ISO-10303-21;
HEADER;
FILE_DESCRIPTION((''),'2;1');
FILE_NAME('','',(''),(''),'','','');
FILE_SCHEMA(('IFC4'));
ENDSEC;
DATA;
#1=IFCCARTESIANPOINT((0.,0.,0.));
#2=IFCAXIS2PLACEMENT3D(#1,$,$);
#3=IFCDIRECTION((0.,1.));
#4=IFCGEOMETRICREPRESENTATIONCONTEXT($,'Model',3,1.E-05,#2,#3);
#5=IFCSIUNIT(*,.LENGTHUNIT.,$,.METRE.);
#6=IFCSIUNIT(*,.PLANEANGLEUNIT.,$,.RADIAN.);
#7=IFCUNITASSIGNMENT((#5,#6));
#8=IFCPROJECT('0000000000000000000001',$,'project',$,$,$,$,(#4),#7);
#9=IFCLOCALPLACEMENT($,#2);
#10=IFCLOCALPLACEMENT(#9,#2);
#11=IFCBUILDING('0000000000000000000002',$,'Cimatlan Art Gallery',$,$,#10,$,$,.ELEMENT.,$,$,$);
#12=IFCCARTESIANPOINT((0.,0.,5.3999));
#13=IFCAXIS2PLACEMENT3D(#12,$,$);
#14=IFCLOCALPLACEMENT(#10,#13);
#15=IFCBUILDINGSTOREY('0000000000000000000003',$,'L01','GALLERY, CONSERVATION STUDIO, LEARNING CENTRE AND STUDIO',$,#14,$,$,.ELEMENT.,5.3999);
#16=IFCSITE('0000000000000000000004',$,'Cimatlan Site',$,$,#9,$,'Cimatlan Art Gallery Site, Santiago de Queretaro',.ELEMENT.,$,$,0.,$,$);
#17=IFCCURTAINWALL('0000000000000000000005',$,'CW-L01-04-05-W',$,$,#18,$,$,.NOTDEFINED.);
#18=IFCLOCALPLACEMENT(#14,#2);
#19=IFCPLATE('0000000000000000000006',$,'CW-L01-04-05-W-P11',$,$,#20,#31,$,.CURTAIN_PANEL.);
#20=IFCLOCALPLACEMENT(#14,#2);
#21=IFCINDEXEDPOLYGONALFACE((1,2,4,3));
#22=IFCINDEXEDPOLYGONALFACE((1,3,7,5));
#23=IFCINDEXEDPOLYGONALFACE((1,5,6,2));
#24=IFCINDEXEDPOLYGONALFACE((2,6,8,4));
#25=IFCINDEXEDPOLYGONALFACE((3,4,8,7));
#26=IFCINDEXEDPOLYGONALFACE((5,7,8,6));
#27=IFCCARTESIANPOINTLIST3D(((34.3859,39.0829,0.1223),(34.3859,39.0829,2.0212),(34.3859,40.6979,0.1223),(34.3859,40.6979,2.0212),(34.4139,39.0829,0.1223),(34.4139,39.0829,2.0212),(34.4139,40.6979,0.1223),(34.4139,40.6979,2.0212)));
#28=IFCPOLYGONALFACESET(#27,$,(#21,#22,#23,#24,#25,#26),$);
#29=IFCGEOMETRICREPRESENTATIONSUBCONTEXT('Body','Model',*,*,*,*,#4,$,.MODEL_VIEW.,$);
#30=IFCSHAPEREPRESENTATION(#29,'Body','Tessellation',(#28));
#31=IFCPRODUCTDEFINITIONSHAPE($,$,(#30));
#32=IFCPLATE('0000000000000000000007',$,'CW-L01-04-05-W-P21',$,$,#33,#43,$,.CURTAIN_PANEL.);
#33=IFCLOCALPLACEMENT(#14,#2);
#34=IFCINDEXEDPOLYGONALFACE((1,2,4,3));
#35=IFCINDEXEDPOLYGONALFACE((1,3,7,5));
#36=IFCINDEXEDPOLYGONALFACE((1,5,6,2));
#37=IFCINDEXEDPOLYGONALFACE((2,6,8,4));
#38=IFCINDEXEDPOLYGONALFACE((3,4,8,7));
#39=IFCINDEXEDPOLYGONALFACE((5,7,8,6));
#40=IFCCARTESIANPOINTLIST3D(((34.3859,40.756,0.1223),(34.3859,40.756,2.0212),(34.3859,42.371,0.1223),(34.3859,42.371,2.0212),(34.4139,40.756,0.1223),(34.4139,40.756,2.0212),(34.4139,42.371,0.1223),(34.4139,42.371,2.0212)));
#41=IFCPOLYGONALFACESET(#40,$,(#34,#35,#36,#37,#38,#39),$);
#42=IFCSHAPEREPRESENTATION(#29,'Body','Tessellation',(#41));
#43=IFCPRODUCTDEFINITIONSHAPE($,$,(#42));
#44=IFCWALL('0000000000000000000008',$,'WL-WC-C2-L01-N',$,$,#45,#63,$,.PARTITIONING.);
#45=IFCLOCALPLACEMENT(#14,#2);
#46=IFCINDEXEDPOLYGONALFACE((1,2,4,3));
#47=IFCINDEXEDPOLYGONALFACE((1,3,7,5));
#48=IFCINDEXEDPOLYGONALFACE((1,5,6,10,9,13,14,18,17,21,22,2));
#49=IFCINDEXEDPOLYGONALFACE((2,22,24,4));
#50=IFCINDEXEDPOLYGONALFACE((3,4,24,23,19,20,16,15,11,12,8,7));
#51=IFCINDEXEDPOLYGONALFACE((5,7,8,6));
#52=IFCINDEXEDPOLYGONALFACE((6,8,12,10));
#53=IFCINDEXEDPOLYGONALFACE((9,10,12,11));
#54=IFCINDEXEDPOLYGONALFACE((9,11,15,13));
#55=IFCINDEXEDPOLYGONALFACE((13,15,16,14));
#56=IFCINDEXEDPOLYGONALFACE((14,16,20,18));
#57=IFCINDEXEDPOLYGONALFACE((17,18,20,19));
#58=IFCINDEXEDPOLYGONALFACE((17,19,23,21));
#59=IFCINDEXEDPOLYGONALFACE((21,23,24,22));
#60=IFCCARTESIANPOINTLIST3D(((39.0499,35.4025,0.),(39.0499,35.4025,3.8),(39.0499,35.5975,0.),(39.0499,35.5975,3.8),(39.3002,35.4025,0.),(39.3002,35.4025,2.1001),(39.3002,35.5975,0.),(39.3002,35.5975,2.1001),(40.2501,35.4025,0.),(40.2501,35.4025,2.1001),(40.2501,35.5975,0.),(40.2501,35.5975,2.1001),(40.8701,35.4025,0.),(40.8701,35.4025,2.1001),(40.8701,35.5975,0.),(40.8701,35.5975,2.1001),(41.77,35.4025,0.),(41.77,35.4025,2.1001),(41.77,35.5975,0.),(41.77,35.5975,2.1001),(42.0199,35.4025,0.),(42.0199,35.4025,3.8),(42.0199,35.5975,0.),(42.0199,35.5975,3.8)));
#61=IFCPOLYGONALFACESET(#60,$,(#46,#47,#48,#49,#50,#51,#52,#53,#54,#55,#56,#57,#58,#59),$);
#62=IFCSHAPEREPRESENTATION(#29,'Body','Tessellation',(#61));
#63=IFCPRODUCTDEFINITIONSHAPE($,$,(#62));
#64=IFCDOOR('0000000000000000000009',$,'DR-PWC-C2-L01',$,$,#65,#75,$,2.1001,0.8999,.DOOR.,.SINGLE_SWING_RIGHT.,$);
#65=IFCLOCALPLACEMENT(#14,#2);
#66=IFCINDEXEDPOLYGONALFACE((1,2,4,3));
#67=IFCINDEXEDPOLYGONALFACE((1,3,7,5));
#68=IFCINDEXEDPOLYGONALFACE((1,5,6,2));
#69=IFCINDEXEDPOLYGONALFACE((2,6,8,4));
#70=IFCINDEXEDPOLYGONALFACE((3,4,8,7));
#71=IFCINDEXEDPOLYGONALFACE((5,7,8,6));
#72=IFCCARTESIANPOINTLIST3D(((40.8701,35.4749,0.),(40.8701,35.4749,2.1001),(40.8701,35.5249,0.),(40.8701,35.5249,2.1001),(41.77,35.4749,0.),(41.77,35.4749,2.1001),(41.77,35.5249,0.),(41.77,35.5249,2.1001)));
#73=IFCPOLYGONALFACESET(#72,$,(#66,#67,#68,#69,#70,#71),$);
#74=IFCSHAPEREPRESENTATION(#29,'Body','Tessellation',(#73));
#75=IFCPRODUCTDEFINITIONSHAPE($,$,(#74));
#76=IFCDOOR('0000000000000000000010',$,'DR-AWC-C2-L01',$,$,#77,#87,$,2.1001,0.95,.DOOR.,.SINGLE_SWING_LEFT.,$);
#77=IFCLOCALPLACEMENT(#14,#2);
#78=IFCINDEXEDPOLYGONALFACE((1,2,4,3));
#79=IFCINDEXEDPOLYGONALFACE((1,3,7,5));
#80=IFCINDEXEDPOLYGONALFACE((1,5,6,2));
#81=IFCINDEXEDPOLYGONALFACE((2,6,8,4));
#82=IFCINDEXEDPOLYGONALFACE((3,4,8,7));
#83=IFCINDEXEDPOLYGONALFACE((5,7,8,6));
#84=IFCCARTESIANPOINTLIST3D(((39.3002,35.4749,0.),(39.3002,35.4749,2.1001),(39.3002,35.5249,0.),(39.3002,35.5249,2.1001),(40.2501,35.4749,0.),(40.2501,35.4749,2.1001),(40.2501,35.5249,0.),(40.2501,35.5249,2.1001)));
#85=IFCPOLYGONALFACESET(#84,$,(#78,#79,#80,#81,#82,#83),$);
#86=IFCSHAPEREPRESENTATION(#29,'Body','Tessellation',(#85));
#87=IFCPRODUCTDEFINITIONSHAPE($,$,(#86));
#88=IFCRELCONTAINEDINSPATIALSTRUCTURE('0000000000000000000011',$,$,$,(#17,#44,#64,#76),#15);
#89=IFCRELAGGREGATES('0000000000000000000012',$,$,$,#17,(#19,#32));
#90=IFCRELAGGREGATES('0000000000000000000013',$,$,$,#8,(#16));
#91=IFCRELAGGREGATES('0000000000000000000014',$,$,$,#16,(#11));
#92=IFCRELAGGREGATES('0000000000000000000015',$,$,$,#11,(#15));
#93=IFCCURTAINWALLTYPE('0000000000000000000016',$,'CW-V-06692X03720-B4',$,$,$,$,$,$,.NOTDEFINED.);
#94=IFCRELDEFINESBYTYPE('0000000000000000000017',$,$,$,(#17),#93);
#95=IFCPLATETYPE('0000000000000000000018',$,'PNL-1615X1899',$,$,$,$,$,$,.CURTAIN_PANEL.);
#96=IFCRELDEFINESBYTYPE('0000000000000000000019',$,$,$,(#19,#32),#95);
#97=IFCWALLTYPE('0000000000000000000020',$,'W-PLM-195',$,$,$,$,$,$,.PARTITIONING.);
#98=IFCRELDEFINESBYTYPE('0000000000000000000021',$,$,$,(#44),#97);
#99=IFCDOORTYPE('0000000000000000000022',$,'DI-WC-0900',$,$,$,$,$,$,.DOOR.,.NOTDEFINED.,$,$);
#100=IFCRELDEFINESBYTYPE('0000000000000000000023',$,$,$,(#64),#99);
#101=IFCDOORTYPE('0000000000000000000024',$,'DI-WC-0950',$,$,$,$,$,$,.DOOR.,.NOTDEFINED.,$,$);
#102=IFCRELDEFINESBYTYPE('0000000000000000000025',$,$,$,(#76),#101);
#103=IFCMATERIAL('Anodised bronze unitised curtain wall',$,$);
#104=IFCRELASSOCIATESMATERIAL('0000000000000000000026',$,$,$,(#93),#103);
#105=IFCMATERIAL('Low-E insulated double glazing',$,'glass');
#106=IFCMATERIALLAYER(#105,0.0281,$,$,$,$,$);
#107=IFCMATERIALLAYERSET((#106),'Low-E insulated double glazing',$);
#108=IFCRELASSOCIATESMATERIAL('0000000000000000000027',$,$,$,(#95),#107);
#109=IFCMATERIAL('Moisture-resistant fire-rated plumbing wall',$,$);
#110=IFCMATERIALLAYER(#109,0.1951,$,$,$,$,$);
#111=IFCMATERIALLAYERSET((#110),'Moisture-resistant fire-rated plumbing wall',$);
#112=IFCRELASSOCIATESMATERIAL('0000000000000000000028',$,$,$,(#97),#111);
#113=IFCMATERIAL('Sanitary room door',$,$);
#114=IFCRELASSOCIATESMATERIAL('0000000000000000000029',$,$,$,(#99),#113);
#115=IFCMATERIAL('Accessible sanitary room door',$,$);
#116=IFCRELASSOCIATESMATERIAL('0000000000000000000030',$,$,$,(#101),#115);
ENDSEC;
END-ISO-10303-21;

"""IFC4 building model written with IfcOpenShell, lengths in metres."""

from ifc_helpers import new_model, si_unit, direction, frame, frame_2d, origin, origin_2d, place, context, subcontext, project, spatial, rectangle, extrude, material, layer, layer_set, type_object, element, fill, aggregate, save


model = new_model("IFC4")

# Units and contexts
model_context = context("Model", 3, precision=1e-05, world=origin(), true_north=direction((0.0, 1.0)))
body_context = subcontext(model_context, "Body", "Model", "MODEL_VIEW")
ifc_project = project(units=[si_unit("LENGTHUNIT", "METRE"), si_unit("PLANEANGLEUNIT", "RADIAN")], contexts=[model_context])

# Site, building, storey
site_placement = place(None, origin())
site = spatial("IfcSite", under=ifc_project, at=site_placement, Name="Cimatlan Site", LongName="Cimatlan Art Gallery Site, Santiago de Queretaro", CompositionType="ELEMENT", RefElevation=0.0)
building_placement = place(site_placement, origin())
building = spatial("IfcBuilding", under=site, at=building_placement, Name="Cimatlan Art Gallery", CompositionType="ELEMENT")
storey_placement = place(building_placement, frame((0.0, 0.0, 5.3999)))
storey = spatial("IfcBuildingStorey", under=building, at=storey_placement, Name="L01", Description="GALLERY, CONSERVATION STUDIO, LEARNING CENTRE AND STUDIO", CompositionType="ELEMENT", Elevation=5.3999)

# Shared definitions
ifc_material_1 = material(Name="Anodised bronze unitised curtain wall")

# Curtain wall, plates
curtain_wall_type_1 = type_object("IfcCurtainWallType", Name="CW-V-06692X03720-B4", PredefinedType="NOTDEFINED", material=ifc_material_1)
curtain_wall_1_placement = place(storey_placement, origin())
curtain_wall_1 = element("IfcCurtainWall", 1, at=curtain_wall_1_placement, inside=storey, type_object=curtain_wall_type_1, Name="CW-L01-04-05-W", PredefinedType="NOTDEFINED")
ifc_material_2 = material(Name="Low-E insulated double glazing", Category="glass")
ifc_layer_1 = layer(ifc_material_2, 0.0281)
ifc_layer_set_1 = layer_set([ifc_layer_1], Name="Low-E insulated double glazing")
plate_type_1 = type_object("IfcPlateType", Name="PNL-1615X1899", PredefinedType="CURTAIN_PANEL", material=ifc_layer_set_1)
plate_1_placement = place(storey_placement, frame((34.3999, 39.8904, 0.1223), z_axis=(0.0, 0.0, 1.0), x_axis=(0.0, 1.0, 0.0)))
plate_1 = element("IfcPlate", 2, at=plate_1_placement, type_object=plate_type_1, Name="CW-L01-04-05-W-P11", PredefinedType="CURTAIN_PANEL", context=body_context, shape_type="SweptSolid", body=[
    extrude(rectangle(XDim=1.615, YDim=0.0281, at=origin_2d()), origin(), (0.0, 0.0, 1.0), 1.8989),
])
plate_2_placement = place(storey_placement, frame((34.3999, 41.5635, 0.1223), z_axis=(0.0, 0.0, 1.0), x_axis=(0.0, 1.0, 0.0)))
plate_2 = element("IfcPlate", 3, at=plate_2_placement, type_object=plate_type_1, Name="CW-L01-04-05-W-P21", PredefinedType="CURTAIN_PANEL", context=body_context, shape_type="SweptSolid", body=[
    extrude(rectangle(XDim=1.615, YDim=0.0281, at=origin_2d()), origin(), (0.0, 0.0, 1.0), 1.8989),
])
aggregate(curtain_wall_1, [plate_1, plate_2])

# Wall, openings, doors
ifc_material_3 = material(Name="Moisture-resistant fire-rated plumbing wall")
ifc_layer_2 = layer(ifc_material_3, 0.1951)
ifc_layer_set_2 = layer_set([ifc_layer_2], Name="Moisture-resistant fire-rated plumbing wall")
wall_type_1 = type_object("IfcWallType", Name="W-PLM-195", PredefinedType="PARTITIONING", material=ifc_layer_set_2)
wall_1_placement = place(storey_placement, frame((39.05, 35.5, 0.0), z_axis=(0.0, 0.0, 1.0), x_axis=(1.0, 0.0, 0.0)))
wall_1 = element("IfcWall", 4, at=wall_1_placement, inside=storey, type_object=wall_type_1, Name="WL-WC-C2-L01-N", PredefinedType="PARTITIONING", context=body_context, shape_type="SweptSolid", body=[
    extrude(rectangle(XDim=2.97, YDim=0.1951, at=frame_2d((1.4849, 0.0))), origin(), (0.0, 0.0, 1.0), 3.8),
])
opening_1_placement = place(wall_1_placement, frame((0.25, 0.0, 0.0)))
opening_1 = element("IfcOpeningElement", 5, at=opening_1_placement, cuts=wall_1, PredefinedType="OPENING", context=body_context, shape_type="SweptSolid", body=[
    extrude(rectangle(XDim=0.95, YDim=2.1001, at=frame_2d((0.4751, 1.05))), frame((0.0, 0.1074, 0.0), z_axis=(0.0, -1.0, 0.0), x_axis=(1.0, 0.0, 0.0)), (0.0, 0.0, 1.0), 0.2151),
])
opening_2_placement = place(wall_1_placement, frame((1.8201, 0.0, 0.0)))
opening_2 = element("IfcOpeningElement", 6, at=opening_2_placement, cuts=wall_1, PredefinedType="OPENING", context=body_context, shape_type="SweptSolid", body=[
    extrude(rectangle(XDim=0.8999, YDim=2.1001, at=frame_2d((0.45, 1.05))), frame((0.0, 0.1074, 0.0), z_axis=(0.0, -1.0, 0.0), x_axis=(1.0, 0.0, 0.0)), (0.0, 0.0, 1.0), 0.2151),
])
ifc_material_4 = material(Name="Sanitary room door")
door_type_1 = type_object("IfcDoorType", Name="DI-WC-0900", OperationType="NOTDEFINED", PredefinedType="DOOR", material=ifc_material_4)
door_1_placement = place(opening_2_placement, origin())
door_1 = element("IfcDoor", 7, at=door_1_placement, inside=storey, type_object=door_type_1, Name="DR-PWC-C2-L01", OperationType="SINGLE_SWING_RIGHT", OverallHeight=2.1001, OverallWidth=0.8999, PredefinedType="DOOR", context=body_context, shape_type="SweptSolid", body=[
    extrude(rectangle(XDim=0.8999, YDim=2.1001, at=frame_2d((0.45, 1.05))), frame((0.0, 0.0249, 0.0), z_axis=(0.0, -1.0, 0.0), x_axis=(1.0, 0.0, 0.0)), (0.0, 0.0, 1.0), 0.05),
])
fill(opening_2, door_1)
ifc_material_5 = material(Name="Accessible sanitary room door")
door_type_2 = type_object("IfcDoorType", Name="DI-WC-0950", OperationType="NOTDEFINED", PredefinedType="DOOR", material=ifc_material_5)
door_2_placement = place(opening_1_placement, origin())
door_2 = element("IfcDoor", 8, at=door_2_placement, inside=storey, type_object=door_type_2, Name="DR-AWC-C2-L01", OperationType="SINGLE_SWING_LEFT", OverallHeight=2.1001, OverallWidth=0.95, PredefinedType="DOOR", context=body_context, shape_type="SweptSolid", body=[
    extrude(rectangle(XDim=0.95, YDim=2.1001, at=frame_2d((0.4751, 1.05))), frame((0.0, 0.0249, 0.0), z_axis=(0.0, -1.0, 0.0), x_axis=(1.0, 0.0, 0.0)), (0.0, 0.0, 1.0), 0.05),
])
fill(opening_1, door_2)

save(model, "model.ifc")
